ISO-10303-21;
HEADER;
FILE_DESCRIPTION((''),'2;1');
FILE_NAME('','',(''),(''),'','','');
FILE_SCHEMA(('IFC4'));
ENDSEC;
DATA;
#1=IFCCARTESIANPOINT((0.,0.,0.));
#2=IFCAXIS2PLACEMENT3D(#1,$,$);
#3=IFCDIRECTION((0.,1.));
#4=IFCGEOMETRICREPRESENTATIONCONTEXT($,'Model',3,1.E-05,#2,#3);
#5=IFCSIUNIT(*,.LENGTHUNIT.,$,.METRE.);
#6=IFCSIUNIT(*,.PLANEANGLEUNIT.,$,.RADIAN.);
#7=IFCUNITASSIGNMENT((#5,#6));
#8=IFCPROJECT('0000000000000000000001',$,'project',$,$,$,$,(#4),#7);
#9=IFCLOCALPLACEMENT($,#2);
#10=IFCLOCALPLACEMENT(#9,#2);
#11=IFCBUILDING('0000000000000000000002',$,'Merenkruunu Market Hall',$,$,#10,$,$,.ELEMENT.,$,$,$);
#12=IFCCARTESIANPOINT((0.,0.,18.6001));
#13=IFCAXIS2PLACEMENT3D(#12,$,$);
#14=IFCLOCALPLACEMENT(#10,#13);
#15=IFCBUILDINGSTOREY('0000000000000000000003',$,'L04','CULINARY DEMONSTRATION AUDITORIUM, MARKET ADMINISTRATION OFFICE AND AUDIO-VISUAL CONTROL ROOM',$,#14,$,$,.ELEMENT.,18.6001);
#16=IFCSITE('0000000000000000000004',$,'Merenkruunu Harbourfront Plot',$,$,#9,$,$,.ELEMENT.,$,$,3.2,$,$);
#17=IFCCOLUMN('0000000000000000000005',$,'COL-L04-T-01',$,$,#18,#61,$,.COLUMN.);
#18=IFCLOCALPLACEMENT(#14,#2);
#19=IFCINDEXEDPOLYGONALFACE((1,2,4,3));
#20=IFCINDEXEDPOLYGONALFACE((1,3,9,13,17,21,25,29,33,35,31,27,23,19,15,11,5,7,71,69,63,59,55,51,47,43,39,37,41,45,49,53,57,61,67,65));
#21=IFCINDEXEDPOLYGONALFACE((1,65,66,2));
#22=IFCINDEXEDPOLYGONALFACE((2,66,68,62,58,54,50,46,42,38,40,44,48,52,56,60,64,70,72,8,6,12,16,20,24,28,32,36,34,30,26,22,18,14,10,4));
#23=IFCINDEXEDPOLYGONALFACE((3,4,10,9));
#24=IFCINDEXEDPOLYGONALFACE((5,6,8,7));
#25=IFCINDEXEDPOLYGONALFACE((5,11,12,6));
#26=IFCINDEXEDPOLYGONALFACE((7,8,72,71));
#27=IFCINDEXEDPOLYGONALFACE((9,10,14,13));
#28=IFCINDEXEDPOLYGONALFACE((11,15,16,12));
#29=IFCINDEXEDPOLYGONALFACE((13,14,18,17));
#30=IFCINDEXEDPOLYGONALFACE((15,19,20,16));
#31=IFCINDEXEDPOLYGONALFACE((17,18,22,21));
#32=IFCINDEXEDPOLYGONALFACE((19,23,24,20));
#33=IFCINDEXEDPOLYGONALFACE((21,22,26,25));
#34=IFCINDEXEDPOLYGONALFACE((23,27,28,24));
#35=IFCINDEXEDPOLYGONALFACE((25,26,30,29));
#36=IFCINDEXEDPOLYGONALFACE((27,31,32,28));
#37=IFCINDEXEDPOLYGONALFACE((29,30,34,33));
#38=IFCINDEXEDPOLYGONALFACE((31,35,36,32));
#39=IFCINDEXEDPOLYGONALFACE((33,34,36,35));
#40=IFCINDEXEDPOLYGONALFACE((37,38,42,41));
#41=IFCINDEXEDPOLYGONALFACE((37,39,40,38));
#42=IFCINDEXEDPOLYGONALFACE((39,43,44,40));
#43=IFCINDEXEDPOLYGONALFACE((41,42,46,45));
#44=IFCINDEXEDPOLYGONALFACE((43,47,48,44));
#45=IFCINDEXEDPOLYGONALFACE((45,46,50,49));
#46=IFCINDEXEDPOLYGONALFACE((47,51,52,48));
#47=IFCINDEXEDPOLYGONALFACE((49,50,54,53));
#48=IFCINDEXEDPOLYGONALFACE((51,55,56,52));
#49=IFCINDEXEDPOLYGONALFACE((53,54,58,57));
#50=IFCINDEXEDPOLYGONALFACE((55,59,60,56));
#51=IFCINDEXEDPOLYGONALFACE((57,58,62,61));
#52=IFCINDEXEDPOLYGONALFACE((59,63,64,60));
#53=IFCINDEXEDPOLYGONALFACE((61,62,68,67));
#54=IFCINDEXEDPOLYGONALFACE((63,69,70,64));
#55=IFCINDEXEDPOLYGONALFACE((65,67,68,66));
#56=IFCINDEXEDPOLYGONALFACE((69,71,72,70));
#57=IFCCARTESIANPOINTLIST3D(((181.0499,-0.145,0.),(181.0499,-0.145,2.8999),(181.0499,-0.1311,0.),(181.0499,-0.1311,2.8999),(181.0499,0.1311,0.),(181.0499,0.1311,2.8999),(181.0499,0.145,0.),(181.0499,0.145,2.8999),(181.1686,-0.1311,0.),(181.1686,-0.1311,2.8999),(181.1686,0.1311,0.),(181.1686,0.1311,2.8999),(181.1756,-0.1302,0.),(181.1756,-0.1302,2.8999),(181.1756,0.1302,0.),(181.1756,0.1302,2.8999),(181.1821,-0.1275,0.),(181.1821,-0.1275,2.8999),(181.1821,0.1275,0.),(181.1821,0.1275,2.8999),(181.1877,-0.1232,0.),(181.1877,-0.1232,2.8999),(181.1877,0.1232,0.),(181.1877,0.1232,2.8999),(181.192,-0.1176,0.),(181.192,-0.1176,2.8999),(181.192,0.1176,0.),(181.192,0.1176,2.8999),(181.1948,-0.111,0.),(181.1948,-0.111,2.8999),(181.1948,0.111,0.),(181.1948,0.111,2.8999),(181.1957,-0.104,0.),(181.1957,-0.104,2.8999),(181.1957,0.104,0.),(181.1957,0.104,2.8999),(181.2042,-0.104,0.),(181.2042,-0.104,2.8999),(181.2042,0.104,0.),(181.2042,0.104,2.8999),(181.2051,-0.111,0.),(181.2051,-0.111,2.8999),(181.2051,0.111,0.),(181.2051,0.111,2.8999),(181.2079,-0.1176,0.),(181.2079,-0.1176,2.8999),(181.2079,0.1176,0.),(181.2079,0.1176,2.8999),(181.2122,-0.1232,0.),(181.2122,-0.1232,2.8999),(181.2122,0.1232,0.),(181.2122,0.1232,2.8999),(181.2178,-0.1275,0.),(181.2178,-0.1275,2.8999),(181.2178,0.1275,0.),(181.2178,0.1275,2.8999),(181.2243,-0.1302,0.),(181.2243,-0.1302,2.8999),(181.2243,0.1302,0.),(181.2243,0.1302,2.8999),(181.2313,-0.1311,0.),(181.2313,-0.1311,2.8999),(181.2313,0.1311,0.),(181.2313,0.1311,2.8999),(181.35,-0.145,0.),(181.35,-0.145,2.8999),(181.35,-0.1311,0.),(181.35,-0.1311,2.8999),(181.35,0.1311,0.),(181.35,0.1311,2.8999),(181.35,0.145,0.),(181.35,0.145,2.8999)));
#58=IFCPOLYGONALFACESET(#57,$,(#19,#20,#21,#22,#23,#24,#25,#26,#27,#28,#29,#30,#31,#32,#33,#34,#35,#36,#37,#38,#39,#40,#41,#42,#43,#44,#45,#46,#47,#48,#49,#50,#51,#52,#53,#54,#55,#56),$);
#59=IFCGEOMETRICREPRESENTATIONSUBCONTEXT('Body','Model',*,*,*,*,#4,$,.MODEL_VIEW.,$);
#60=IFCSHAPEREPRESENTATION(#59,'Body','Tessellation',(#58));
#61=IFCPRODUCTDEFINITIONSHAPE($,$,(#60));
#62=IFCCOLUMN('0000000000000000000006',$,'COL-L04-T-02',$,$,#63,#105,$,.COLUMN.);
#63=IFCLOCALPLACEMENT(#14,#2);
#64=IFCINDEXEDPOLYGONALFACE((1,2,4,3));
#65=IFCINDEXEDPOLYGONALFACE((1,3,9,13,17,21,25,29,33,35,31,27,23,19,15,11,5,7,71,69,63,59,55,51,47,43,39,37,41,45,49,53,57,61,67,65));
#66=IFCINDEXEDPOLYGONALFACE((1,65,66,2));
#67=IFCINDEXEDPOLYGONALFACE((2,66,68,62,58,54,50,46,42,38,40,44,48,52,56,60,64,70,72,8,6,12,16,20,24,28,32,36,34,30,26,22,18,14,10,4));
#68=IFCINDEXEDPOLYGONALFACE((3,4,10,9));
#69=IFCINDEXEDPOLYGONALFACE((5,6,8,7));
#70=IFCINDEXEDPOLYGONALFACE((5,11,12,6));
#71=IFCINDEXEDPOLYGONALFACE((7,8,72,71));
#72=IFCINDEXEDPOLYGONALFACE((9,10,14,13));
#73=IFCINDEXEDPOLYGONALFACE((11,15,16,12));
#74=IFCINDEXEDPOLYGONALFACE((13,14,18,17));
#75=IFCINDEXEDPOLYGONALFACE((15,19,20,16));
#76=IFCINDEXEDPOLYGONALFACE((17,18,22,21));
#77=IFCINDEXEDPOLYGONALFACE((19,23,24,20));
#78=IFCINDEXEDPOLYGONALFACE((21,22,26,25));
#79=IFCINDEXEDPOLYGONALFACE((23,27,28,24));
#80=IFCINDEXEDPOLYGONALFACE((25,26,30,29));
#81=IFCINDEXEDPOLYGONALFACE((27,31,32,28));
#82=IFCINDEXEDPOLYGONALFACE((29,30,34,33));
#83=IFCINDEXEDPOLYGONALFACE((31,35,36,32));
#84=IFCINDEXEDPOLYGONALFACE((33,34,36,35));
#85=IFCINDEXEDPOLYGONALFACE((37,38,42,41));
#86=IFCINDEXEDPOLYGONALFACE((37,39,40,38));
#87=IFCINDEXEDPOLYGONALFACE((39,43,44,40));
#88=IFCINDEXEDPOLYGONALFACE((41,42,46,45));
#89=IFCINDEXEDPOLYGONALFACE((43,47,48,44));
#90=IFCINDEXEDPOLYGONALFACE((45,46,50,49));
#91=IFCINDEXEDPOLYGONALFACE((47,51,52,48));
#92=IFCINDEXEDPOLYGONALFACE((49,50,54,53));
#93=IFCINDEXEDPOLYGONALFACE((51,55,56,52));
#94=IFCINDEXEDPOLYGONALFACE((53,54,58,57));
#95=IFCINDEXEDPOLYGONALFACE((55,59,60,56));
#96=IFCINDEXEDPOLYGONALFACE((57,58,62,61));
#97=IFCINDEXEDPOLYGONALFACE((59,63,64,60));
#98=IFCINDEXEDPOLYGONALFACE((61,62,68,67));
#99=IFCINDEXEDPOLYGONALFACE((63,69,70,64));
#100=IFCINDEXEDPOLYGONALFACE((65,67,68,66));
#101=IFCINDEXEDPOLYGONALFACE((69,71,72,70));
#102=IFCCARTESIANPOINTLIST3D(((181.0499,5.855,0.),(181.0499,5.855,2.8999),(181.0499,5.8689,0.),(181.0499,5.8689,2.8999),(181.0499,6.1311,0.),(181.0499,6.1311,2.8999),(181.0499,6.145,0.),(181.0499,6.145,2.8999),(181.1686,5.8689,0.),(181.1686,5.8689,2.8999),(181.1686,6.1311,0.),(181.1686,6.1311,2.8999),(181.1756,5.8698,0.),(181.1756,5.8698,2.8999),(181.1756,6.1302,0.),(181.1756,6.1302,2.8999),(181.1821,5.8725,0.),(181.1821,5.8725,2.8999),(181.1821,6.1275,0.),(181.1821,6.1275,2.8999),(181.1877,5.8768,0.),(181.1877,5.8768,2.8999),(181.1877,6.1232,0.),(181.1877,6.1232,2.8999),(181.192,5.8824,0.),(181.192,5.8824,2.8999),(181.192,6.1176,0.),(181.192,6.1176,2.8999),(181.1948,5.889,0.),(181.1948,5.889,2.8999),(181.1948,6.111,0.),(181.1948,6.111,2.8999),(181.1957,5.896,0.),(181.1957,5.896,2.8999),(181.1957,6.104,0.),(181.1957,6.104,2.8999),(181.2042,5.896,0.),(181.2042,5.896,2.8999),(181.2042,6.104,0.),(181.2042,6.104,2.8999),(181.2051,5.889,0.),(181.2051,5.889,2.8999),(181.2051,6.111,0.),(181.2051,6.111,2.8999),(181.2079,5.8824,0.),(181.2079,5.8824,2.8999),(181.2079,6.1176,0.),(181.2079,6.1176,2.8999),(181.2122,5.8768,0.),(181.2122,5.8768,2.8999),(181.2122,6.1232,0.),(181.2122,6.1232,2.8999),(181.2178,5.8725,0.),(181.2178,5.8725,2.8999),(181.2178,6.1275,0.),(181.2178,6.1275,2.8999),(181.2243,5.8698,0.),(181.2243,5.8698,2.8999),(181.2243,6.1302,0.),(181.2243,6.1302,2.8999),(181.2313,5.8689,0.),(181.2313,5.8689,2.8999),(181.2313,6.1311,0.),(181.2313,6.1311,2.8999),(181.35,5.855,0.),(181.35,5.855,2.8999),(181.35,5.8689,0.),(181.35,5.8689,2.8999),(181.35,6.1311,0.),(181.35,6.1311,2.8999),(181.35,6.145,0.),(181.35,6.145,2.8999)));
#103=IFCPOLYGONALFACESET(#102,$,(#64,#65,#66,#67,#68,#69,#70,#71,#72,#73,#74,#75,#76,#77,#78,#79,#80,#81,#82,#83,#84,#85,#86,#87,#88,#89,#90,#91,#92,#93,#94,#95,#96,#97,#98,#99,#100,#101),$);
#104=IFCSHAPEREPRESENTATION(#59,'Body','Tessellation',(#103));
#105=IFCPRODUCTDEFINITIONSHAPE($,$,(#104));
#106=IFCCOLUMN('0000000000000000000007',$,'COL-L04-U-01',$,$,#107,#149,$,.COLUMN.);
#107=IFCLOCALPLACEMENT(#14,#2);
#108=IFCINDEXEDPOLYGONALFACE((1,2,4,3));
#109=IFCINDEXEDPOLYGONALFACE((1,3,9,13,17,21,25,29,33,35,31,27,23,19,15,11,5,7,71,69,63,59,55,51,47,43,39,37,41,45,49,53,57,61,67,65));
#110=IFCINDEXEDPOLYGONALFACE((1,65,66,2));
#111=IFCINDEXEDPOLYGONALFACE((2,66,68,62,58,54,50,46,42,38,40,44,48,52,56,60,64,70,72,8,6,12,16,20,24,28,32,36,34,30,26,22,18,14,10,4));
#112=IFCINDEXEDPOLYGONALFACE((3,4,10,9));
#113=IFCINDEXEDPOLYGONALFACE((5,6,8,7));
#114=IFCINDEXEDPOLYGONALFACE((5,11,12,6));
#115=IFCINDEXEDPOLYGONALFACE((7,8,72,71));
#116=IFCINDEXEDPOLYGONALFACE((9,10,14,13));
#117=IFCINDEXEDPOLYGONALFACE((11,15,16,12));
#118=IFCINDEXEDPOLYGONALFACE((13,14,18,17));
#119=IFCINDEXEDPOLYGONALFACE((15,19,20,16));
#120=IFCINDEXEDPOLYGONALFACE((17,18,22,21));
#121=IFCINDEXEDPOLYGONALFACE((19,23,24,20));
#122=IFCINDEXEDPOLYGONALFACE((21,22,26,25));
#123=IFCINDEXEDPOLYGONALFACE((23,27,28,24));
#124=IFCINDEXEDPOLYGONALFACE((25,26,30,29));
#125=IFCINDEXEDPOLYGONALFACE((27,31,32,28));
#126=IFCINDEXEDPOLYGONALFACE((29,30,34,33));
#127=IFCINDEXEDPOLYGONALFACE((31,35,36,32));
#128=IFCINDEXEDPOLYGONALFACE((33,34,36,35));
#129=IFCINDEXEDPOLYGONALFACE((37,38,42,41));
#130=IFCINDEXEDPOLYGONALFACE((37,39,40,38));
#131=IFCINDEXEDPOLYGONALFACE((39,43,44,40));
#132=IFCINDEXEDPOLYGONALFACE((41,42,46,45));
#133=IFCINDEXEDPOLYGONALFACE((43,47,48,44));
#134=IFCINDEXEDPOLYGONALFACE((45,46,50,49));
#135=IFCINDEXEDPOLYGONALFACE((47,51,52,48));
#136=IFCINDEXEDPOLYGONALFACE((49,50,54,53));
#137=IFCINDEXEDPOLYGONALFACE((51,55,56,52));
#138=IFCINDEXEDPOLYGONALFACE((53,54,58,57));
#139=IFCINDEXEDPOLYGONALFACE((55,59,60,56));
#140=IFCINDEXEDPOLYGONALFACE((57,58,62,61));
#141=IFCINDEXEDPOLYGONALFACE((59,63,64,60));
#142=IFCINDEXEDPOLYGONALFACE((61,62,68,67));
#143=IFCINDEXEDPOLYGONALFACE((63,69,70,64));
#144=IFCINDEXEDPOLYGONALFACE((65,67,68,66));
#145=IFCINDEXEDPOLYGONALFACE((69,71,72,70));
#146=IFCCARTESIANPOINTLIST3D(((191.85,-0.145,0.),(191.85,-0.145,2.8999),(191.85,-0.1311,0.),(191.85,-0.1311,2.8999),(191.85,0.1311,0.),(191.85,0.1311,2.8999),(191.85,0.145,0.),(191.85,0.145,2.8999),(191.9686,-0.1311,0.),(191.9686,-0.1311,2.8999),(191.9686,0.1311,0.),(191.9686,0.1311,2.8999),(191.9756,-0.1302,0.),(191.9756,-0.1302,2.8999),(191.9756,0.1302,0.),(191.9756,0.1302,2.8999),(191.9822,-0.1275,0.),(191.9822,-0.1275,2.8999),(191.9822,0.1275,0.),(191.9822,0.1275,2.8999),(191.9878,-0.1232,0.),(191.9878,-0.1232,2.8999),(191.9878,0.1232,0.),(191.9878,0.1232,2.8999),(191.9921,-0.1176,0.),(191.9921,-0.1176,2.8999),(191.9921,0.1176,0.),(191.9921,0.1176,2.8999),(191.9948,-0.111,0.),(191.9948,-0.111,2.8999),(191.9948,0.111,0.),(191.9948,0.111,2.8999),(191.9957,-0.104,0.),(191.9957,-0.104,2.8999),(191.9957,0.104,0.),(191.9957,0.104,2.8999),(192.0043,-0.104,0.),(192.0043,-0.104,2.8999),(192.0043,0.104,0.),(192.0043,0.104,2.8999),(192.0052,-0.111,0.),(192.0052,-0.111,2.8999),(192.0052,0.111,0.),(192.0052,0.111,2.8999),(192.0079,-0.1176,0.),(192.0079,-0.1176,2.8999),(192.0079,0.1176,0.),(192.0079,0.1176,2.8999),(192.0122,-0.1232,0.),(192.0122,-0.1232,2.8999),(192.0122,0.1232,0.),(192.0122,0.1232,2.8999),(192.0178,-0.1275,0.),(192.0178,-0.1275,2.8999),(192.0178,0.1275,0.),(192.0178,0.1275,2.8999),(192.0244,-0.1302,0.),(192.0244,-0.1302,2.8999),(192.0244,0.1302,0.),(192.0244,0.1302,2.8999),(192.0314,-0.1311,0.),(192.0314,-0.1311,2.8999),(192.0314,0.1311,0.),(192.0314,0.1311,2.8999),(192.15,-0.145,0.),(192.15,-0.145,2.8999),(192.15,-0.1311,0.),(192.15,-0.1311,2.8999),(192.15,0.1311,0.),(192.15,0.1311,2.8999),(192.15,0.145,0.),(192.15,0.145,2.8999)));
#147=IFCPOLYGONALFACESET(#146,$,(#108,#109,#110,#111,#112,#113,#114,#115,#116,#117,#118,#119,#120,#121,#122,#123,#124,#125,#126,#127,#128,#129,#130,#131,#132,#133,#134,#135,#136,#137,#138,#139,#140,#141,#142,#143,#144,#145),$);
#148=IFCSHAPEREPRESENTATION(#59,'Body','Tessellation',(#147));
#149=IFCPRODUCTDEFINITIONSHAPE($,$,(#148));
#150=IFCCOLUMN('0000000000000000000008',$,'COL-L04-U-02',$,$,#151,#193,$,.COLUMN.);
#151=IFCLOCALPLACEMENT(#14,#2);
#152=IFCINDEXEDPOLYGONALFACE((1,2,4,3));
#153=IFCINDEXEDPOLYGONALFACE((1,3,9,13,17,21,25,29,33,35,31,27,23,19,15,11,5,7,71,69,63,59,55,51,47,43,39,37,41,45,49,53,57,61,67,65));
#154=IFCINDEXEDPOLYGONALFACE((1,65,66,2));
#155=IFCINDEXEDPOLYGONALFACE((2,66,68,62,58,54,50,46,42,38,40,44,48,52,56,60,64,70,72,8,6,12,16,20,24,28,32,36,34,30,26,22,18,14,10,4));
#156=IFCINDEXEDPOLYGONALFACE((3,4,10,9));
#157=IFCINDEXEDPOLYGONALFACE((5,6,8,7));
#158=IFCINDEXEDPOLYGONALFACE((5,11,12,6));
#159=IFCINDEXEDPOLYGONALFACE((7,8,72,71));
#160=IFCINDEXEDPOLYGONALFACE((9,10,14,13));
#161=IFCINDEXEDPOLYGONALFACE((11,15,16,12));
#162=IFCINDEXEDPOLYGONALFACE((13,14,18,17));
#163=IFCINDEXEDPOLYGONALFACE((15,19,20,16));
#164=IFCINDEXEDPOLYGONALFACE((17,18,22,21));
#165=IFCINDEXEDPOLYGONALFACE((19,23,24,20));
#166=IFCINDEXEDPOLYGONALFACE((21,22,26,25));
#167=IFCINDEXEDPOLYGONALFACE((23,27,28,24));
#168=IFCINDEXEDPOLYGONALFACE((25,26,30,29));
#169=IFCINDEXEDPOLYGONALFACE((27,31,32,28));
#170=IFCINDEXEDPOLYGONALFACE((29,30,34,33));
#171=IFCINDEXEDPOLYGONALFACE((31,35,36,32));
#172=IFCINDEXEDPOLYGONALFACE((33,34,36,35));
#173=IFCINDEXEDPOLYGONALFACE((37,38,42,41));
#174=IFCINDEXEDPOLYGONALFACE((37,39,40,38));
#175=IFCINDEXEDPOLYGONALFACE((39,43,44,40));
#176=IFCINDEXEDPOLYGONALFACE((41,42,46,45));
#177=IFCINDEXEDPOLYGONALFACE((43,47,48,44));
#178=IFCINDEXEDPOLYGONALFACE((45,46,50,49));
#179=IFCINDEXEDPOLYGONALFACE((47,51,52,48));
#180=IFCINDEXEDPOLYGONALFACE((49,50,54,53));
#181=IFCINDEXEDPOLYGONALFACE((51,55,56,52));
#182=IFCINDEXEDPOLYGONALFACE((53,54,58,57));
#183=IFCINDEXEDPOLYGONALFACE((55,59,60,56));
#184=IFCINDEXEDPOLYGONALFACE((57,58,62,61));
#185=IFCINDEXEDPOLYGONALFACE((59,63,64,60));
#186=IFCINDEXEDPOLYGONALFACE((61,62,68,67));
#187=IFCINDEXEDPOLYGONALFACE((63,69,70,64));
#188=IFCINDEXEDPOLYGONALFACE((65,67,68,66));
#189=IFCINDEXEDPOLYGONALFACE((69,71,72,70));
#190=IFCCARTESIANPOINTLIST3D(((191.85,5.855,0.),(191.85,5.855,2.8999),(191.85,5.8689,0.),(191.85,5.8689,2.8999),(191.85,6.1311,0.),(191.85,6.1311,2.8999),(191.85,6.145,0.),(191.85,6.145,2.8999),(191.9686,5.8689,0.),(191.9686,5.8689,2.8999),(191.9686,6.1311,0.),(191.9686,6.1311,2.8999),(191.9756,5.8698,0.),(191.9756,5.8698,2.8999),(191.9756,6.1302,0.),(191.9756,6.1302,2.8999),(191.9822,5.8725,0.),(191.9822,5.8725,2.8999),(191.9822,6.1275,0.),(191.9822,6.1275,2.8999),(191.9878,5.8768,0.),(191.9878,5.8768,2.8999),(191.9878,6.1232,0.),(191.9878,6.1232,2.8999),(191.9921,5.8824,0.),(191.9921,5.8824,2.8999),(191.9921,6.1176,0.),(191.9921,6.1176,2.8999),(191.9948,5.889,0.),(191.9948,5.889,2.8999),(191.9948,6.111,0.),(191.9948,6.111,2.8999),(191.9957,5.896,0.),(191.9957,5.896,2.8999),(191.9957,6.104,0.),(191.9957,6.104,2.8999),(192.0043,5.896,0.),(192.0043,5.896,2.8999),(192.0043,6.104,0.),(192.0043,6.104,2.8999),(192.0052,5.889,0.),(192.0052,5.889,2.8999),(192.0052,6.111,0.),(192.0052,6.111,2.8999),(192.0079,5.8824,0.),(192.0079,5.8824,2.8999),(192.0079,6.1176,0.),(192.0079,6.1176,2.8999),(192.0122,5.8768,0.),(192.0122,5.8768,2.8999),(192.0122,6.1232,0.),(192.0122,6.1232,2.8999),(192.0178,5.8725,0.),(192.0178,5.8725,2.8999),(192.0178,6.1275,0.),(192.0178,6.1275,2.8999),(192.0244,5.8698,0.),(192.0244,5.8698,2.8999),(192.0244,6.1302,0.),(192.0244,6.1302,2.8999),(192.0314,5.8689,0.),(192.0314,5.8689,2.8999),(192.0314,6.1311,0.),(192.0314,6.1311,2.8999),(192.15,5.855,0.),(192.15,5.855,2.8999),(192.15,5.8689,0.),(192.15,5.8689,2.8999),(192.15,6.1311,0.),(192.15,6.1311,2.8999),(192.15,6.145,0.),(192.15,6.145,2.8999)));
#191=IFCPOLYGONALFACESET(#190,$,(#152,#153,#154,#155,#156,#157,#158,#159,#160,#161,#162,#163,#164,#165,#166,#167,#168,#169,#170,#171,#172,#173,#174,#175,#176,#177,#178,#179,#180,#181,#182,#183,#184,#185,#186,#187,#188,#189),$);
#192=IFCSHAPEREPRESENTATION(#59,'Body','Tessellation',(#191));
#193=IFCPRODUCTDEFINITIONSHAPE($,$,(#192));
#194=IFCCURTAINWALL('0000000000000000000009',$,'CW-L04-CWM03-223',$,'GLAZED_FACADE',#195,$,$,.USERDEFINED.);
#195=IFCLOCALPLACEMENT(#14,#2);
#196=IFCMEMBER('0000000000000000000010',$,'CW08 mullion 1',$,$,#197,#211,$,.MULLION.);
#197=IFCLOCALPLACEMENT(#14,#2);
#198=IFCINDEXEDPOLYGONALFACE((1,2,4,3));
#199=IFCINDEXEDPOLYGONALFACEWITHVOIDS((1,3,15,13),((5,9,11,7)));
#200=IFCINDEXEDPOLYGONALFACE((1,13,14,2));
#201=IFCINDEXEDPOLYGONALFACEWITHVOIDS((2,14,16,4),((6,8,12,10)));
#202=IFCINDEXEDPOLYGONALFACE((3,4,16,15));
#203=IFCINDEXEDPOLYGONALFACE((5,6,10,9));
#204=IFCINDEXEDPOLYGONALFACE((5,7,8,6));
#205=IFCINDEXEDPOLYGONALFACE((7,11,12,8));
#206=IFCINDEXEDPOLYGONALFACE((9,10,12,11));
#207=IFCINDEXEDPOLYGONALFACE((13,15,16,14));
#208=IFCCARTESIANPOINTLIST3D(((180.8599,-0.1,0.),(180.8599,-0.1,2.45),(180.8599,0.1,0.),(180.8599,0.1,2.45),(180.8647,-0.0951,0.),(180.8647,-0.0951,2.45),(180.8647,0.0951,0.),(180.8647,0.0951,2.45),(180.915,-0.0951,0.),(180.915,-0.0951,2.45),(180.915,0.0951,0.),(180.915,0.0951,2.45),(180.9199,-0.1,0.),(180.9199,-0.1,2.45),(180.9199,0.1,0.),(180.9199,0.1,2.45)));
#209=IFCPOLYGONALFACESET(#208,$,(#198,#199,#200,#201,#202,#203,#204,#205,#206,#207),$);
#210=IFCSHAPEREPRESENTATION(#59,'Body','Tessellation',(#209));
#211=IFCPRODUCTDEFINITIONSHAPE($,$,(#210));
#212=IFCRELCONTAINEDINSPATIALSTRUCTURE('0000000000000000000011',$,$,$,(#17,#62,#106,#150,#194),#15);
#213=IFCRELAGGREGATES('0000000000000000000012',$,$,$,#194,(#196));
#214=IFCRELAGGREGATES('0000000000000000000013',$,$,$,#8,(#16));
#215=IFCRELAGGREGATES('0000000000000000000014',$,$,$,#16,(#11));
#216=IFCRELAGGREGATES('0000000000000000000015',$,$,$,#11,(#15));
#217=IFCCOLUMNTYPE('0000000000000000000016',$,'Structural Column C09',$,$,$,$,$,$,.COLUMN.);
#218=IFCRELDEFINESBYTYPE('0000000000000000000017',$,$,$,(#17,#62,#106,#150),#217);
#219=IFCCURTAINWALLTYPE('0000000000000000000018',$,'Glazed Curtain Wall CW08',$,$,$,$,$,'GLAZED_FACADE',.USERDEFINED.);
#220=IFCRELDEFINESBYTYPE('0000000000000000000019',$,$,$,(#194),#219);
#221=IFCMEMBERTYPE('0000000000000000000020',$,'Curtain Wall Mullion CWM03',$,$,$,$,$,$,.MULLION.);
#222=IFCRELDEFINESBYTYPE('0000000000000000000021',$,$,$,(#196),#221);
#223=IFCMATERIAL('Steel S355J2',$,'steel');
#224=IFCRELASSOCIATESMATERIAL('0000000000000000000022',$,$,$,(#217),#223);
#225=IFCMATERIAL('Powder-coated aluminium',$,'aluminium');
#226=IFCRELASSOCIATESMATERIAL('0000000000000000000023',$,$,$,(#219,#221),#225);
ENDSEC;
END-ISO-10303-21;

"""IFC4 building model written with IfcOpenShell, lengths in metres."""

from ifc_helpers import new_model, si_unit, direction, frame, origin, origin_2d, place, context, subcontext, project, spatial, hollow_rectangle, i_section, extrude, material, material_profile, profile_set, type_object, element, aggregate, save


model = new_model("IFC4")

# Units and contexts
model_context = context("Model", 3, precision=1e-05, world=origin(), true_north=direction((0.0, 1.0)))
body_context = subcontext(model_context, "Body", "Model", "MODEL_VIEW")
ifc_project = project(units=[si_unit("LENGTHUNIT", "METRE"), si_unit("PLANEANGLEUNIT", "RADIAN")], contexts=[model_context])

# Site, building, storey
site_placement = place(None, origin())
site = spatial("IfcSite", under=ifc_project, at=site_placement, Name="Merenkruunu Harbourfront Plot", CompositionType="ELEMENT", RefElevation=3.2)
building_placement = place(site_placement, origin())
building = spatial("IfcBuilding", under=site, at=building_placement, Name="Merenkruunu Market Hall", CompositionType="ELEMENT")
storey_placement = place(building_placement, frame((0.0, 0.0, 18.6001)))
storey = spatial("IfcBuildingStorey", under=building, at=storey_placement, Name="L04", Description="CULINARY DEMONSTRATION AUDITORIUM, MARKET ADMINISTRATION OFFICE AND AUDIO-VISUAL CONTROL ROOM", CompositionType="ELEMENT", Elevation=18.6001)

# Columns
ifc_material_1 = material(Name="Steel S355J2", Category="steel")
ifc_material_profile_1 = material_profile(ifc_material_1, i_section(OverallWidth=0.3, OverallDepth=0.29, WebThickness=0.0085, FlangeThickness=0.0139, FilletRadius=0.0271, at=origin_2d()), Name="HEA 300")
ifc_profile_set_1 = profile_set([ifc_material_profile_1], Name="Steel S355J2")
column_type = type_object("IfcColumnType", Name="Structural Column C09", PredefinedType="COLUMN", material=ifc_profile_set_1)
for number, where, z_axis, x_axis, name in (
    (1, (181.2, 0.0, 0.0), (0.0, 0.0, 1.0), (1.0, 0.0, 0.0), "COL-L04-T-01"),
    (2, (181.2, 6.0, 0.0), (0.0, 0.0, 1.0), (1.0, 0.0, 0.0), "COL-L04-T-02"),
    (3, (192.0, 0.0, 0.0), (0.0, 0.0, 1.0), (1.0, 0.0, 0.0), "COL-L04-U-01"),
    (4, (192.0, 6.0, 0.0), (0.0, 0.0, 1.0), (1.0, 0.0, 0.0), "COL-L04-U-02"),
):
    element("IfcColumn", number, at=place(storey_placement, frame(where, z_axis=z_axis, x_axis=x_axis)), inside=storey, type_object=column_type, Name=name, PredefinedType="COLUMN", context=body_context, shape_type="SweptSolid", body=[
        extrude(i_section(OverallWidth=0.3, OverallDepth=0.29, WebThickness=0.0085, FlangeThickness=0.0139, FilletRadius=0.0271, at=origin_2d()), origin(), (0.0, 0.0, 1.0), 2.8999),
    ])

# Curtain wall, member
ifc_material_2 = material(Name="Powder-coated aluminium", Category="aluminium")
curtain_wall_type_1 = type_object("IfcCurtainWallType", Name="Glazed Curtain Wall CW08", ElementType="GLAZED_FACADE", PredefinedType="USERDEFINED", material=ifc_material_2)
curtain_wall_1_placement = place(storey_placement, origin())
curtain_wall_1 = element("IfcCurtainWall", 5, at=curtain_wall_1_placement, inside=storey, type_object=curtain_wall_type_1, Name="CW-L04-CWM03-223", ObjectType="GLAZED_FACADE", PredefinedType="USERDEFINED")
ifc_material_profile_2 = material_profile(ifc_material_2, hollow_rectangle(XDim=0.0601, YDim=0.2, WallThickness=0.0049, at=origin_2d()), Name="ALU 60x200x5")
ifc_profile_set_2 = profile_set([ifc_material_profile_2], Name="Powder-coated aluminium")
member_type_1 = type_object("IfcMemberType", Name="Curtain Wall Mullion CWM03", PredefinedType="MULLION", material=ifc_profile_set_2)
member_1_placement = place(storey_placement, frame((180.8899, 0.0, 0.0), z_axis=(0.0, 0.0, 1.0), x_axis=(-1.0, 0.0, 0.0)))
member_1 = element("IfcMember", 6, at=member_1_placement, type_object=member_type_1, Name="CW08 mullion 1", PredefinedType="MULLION", context=body_context, shape_type="SweptSolid", body=[
    extrude(hollow_rectangle(XDim=0.0601, YDim=0.2, WallThickness=0.0049, at=origin_2d()), origin(), (0.0, 0.0, 1.0), 2.45),
])

aggregate(curtain_wall_1, [member_1])

save(model, "model.ifc")
